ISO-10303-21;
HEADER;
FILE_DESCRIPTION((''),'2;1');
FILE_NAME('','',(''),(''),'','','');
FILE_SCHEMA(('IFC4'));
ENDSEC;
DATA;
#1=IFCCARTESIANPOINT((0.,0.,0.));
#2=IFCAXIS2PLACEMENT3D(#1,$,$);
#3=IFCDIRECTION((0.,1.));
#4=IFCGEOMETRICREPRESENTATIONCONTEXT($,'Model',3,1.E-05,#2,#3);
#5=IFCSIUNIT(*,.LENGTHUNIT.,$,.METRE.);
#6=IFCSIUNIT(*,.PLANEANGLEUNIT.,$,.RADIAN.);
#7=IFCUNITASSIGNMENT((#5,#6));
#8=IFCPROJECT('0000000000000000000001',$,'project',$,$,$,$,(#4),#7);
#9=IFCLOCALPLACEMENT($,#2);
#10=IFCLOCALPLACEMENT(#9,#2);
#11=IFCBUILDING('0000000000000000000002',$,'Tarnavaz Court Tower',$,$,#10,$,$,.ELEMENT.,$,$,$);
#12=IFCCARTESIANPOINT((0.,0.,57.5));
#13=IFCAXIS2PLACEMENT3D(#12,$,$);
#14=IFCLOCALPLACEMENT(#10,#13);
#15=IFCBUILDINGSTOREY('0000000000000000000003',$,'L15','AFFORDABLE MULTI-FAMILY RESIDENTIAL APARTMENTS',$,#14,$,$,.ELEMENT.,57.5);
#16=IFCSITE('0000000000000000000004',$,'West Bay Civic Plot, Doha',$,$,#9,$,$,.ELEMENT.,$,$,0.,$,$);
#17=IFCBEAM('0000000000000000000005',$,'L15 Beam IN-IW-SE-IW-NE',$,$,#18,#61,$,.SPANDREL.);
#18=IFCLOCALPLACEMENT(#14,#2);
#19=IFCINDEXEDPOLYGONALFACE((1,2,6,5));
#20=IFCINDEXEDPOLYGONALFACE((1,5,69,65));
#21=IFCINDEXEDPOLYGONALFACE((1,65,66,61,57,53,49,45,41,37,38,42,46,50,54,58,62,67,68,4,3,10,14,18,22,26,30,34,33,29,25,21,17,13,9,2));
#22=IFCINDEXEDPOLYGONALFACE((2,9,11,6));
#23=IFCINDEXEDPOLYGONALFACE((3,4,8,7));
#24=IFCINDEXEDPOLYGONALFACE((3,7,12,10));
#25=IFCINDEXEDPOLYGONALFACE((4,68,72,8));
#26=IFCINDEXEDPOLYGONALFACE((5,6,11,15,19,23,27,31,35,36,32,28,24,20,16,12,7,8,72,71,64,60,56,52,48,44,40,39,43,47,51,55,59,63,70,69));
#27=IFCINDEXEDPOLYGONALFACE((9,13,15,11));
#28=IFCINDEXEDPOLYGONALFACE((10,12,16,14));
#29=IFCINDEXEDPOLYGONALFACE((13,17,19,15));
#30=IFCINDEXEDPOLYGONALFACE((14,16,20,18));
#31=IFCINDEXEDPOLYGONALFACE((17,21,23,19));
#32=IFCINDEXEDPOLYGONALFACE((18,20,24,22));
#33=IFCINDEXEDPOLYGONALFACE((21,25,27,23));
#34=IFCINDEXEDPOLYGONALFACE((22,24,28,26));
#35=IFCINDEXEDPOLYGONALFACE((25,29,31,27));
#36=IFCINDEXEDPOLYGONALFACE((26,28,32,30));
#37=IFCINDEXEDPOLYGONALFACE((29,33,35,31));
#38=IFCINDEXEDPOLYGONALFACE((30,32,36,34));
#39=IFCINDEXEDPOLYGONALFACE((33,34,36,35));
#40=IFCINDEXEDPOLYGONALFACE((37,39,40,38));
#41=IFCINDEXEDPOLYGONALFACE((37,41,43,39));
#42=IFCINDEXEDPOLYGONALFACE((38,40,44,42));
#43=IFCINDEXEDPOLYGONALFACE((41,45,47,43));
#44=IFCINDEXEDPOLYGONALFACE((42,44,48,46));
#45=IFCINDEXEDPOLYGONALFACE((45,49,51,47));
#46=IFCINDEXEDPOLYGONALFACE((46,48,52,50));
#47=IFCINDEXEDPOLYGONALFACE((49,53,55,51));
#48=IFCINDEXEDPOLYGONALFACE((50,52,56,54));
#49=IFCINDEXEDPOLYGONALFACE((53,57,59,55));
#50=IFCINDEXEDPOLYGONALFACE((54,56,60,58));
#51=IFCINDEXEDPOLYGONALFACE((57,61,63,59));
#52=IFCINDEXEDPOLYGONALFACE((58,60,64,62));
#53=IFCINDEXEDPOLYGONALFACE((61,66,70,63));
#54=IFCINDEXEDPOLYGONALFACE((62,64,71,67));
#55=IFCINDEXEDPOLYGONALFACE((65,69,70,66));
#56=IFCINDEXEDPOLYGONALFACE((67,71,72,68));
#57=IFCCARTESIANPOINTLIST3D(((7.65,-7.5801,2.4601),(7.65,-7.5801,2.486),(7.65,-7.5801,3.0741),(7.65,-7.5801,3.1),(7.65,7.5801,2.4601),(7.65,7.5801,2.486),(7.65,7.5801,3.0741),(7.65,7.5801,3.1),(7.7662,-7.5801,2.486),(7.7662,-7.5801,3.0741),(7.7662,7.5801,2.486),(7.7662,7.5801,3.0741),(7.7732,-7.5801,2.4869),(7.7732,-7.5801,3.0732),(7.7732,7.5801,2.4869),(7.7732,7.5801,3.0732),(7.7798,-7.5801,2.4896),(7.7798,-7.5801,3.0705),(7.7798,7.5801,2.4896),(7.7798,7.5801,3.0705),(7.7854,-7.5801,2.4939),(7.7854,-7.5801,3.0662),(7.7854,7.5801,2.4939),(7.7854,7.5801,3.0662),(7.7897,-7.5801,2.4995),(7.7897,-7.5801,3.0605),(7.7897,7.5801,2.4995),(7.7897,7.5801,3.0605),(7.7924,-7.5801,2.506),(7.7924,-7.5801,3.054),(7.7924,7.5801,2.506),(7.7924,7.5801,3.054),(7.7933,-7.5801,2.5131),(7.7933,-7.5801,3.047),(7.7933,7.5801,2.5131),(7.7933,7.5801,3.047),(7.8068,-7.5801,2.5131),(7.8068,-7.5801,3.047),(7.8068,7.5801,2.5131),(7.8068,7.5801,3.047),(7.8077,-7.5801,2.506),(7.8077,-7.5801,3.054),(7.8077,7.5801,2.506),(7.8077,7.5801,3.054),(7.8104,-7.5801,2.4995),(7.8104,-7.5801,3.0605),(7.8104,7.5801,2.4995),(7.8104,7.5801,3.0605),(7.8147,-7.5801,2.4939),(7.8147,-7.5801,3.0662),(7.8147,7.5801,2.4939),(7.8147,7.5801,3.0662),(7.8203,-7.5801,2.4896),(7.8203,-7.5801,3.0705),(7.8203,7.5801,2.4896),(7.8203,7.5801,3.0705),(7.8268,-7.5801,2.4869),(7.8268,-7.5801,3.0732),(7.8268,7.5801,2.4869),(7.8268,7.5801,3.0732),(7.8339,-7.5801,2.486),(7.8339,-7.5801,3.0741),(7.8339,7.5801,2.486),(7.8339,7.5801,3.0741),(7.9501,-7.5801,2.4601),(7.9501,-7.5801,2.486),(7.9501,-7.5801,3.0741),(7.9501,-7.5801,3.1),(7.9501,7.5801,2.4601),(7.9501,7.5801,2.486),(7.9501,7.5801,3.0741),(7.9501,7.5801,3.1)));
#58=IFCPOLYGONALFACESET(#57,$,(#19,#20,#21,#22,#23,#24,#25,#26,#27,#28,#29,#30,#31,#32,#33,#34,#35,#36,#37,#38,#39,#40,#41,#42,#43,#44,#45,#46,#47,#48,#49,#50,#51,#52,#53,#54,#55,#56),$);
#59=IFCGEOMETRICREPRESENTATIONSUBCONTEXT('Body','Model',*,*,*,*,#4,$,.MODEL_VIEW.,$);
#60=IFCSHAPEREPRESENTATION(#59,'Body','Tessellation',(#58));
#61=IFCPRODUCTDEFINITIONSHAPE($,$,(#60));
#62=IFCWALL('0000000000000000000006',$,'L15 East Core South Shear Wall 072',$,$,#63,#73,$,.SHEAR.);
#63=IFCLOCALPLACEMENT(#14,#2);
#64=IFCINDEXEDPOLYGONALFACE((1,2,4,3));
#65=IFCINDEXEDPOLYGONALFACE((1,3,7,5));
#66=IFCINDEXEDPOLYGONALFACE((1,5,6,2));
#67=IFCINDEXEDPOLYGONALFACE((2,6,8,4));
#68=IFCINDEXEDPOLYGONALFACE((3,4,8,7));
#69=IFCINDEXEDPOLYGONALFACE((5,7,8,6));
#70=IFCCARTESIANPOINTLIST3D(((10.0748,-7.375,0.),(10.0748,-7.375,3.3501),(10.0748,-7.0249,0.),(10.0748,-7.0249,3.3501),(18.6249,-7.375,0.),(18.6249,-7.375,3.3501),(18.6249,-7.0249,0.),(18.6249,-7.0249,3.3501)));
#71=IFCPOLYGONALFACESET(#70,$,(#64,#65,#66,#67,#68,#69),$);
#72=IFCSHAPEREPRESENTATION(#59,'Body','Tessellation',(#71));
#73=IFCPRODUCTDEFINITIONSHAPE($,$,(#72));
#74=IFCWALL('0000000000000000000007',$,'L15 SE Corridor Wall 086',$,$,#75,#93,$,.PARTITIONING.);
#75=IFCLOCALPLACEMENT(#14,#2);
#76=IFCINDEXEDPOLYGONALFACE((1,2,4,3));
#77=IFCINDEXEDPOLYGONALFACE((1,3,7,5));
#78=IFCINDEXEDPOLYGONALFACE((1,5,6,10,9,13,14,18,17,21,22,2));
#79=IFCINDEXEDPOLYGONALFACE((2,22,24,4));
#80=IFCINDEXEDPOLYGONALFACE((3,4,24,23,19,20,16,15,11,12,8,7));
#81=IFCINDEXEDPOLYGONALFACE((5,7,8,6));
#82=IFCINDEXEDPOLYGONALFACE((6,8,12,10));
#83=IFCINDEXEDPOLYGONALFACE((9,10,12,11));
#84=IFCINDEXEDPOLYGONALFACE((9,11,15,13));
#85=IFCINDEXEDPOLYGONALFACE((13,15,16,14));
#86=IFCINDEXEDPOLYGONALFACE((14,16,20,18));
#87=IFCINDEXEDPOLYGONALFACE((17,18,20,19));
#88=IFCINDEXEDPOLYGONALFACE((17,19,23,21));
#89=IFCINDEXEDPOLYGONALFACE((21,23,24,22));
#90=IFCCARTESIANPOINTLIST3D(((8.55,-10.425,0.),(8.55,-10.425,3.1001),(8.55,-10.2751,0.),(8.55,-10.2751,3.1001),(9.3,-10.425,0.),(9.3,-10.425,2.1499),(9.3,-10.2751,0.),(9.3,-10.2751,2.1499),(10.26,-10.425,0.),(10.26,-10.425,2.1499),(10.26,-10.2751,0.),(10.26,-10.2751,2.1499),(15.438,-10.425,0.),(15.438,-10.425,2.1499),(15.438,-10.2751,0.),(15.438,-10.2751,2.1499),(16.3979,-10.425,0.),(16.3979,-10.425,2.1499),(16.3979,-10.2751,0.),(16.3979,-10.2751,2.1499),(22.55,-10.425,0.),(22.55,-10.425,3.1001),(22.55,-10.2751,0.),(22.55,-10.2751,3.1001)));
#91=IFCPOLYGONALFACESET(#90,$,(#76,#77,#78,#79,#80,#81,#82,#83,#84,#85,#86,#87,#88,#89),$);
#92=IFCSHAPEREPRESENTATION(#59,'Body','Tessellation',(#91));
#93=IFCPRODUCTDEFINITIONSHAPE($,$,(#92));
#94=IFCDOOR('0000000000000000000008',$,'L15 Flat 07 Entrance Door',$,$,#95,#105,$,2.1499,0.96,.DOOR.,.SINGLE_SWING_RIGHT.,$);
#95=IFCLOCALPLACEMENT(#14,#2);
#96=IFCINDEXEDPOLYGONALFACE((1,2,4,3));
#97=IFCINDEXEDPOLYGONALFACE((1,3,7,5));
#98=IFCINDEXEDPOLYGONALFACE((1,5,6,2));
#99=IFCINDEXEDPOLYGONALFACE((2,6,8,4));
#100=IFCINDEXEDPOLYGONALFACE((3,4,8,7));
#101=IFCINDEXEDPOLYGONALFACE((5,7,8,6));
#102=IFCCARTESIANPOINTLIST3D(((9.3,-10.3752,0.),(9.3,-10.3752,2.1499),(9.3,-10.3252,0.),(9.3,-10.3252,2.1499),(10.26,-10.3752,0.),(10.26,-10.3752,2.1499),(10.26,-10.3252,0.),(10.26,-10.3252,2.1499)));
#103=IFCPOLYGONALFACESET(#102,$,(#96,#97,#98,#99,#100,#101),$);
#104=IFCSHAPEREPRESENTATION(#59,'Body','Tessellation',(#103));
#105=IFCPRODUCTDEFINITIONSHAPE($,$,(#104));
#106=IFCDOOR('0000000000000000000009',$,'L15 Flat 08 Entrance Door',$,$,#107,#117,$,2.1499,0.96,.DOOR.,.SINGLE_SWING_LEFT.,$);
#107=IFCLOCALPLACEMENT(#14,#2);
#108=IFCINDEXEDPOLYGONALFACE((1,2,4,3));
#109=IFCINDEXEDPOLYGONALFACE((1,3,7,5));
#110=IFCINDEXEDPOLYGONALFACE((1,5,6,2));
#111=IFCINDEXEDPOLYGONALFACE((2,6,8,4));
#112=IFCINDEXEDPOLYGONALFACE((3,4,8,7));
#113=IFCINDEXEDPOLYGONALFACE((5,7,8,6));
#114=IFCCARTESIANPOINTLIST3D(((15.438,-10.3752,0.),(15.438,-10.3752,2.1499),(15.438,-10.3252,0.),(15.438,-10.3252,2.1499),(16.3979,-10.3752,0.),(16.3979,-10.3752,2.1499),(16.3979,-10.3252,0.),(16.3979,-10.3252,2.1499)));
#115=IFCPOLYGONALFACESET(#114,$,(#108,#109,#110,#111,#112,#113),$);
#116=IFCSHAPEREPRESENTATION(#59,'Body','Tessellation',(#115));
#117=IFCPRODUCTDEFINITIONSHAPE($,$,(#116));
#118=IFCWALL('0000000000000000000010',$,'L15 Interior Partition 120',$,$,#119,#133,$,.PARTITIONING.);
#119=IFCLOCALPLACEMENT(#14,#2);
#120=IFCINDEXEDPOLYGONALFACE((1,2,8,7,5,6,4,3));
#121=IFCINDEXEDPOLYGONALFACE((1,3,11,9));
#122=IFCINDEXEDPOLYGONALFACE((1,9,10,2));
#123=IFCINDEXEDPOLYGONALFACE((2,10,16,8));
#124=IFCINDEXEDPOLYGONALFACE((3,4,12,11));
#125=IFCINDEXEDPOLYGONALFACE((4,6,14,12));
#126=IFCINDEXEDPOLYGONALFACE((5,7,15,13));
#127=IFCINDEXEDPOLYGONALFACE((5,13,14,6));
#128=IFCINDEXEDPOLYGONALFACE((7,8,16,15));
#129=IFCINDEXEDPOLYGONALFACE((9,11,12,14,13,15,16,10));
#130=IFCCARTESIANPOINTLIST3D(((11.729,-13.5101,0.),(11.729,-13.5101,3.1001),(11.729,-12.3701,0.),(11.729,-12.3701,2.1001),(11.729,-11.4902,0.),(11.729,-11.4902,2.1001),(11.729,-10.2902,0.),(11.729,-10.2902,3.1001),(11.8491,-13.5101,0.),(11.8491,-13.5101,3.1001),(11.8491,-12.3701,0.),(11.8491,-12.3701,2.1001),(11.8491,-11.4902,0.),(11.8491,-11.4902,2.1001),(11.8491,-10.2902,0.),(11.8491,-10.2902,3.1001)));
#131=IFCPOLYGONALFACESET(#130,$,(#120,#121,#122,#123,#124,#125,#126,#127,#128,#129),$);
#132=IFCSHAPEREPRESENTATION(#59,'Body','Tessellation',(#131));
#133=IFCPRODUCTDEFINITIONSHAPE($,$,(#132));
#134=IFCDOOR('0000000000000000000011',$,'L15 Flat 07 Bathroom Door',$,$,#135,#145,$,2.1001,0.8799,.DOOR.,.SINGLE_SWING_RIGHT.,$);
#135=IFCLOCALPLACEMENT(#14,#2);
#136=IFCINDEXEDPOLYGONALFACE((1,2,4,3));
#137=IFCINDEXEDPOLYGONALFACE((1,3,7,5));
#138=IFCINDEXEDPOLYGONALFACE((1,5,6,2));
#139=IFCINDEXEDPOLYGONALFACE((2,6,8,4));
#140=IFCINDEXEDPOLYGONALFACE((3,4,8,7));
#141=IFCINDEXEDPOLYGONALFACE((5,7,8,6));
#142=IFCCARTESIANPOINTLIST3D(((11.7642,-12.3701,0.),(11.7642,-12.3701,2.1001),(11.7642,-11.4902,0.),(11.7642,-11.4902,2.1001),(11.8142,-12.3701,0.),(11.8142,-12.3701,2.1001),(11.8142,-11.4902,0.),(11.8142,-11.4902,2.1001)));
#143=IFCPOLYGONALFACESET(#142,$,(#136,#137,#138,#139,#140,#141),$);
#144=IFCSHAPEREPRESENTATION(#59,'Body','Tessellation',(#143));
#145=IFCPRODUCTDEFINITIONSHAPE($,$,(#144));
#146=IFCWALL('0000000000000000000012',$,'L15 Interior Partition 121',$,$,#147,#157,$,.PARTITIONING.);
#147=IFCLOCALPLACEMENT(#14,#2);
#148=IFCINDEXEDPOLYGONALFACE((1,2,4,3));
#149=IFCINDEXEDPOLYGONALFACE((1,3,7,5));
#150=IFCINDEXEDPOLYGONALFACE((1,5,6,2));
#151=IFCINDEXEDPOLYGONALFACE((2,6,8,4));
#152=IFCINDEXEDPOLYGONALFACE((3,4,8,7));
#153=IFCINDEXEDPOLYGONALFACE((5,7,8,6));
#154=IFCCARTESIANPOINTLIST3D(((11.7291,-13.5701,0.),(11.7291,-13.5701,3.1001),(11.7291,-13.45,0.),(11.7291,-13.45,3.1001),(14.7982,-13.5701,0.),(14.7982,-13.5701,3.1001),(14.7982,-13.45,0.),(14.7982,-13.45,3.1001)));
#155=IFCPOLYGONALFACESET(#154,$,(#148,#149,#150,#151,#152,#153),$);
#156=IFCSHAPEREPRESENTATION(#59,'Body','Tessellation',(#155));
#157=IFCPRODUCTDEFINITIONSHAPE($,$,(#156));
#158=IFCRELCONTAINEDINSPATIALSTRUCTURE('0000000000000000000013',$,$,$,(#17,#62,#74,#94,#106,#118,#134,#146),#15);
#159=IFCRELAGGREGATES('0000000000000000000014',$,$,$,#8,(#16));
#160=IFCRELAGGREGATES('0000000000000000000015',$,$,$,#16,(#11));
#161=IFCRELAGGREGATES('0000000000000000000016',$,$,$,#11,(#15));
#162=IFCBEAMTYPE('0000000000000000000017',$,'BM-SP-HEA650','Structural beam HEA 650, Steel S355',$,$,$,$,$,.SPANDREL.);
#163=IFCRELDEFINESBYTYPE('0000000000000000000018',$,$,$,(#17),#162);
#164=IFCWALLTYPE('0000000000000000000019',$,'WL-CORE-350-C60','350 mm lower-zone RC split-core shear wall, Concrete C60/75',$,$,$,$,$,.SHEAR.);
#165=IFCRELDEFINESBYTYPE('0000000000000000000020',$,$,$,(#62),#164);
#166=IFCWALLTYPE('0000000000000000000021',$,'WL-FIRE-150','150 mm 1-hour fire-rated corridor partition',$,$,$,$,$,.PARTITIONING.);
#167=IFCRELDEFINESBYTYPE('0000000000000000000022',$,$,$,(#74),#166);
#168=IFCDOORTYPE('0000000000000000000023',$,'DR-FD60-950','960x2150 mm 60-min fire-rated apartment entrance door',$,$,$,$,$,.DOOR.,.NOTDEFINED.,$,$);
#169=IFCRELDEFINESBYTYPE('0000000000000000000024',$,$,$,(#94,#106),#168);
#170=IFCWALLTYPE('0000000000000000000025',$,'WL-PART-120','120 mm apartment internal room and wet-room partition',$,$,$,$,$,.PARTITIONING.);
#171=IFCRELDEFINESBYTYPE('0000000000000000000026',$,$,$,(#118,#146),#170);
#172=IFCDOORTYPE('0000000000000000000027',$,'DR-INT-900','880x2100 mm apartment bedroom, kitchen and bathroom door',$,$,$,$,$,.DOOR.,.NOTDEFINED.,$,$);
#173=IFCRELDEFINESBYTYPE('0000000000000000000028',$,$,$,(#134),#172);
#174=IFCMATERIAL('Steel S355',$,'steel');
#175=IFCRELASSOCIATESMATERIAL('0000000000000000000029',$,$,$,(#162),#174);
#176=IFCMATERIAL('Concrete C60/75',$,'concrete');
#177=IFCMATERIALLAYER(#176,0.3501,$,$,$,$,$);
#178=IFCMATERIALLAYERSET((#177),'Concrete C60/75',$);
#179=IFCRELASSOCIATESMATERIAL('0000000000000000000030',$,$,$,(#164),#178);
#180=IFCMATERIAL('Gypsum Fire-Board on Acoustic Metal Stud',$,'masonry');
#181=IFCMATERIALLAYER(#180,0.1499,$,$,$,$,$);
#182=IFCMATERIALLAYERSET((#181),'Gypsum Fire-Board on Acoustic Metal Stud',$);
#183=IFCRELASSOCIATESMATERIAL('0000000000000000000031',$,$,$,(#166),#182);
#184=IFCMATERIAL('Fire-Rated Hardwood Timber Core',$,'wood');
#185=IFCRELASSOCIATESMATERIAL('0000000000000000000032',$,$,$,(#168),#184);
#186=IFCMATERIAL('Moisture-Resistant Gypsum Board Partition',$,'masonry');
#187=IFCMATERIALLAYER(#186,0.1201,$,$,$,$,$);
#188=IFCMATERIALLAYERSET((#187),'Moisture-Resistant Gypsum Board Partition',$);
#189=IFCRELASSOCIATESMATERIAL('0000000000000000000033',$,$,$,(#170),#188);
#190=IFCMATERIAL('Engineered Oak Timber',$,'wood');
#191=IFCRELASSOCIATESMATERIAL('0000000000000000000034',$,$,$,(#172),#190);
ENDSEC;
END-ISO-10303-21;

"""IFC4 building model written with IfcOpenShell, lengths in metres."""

from ifc_helpers import new_model, si_unit, direction, frame, frame_2d, origin, origin_2d, place, context, subcontext, project, spatial, rectangle, i_section, extrude, material, layer, layer_set, material_profile, profile_set, type_object, element, fill, save


model = new_model("IFC4")

# Units and contexts
model_context = context("Model", 3, precision=1e-05, world=origin(), true_north=direction((0.0, 1.0)))
body_context = subcontext(model_context, "Body", "Model", "MODEL_VIEW")
ifc_project = project(units=[si_unit("LENGTHUNIT", "METRE"), si_unit("PLANEANGLEUNIT", "RADIAN")], contexts=[model_context])

# Site, building, storey
site_placement = place(None, origin())
site = spatial("IfcSite", under=ifc_project, at=site_placement, Name="West Bay Civic Plot, Doha", CompositionType="ELEMENT", RefElevation=0.0)
building_placement = place(site_placement, origin())
building = spatial("IfcBuilding", under=site, at=building_placement, Name="Tarnavaz Court Tower", CompositionType="ELEMENT")
storey_placement = place(building_placement, frame((0.0, 0.0, 57.5)))
storey = spatial("IfcBuildingStorey", under=building, at=storey_placement, Name="L15", Description="AFFORDABLE MULTI-FAMILY RESIDENTIAL APARTMENTS", CompositionType="ELEMENT", Elevation=57.5)

# Shared definitions
ifc_material_1 = material(Name="Concrete C60/75", Category="concrete")

# Beam
ifc_material_2 = material(Name="Steel S355", Category="steel")
ifc_material_profile_1 = material_profile(ifc_material_2, i_section(OverallWidth=0.3, OverallDepth=0.6399, WebThickness=0.0134, FlangeThickness=0.0259, FilletRadius=0.0271, at=origin_2d()), Name="HEA 650")
ifc_profile_set_1 = profile_set([ifc_material_profile_1], Name="Steel S355")
beam_type_1 = type_object("IfcBeamType", Name="BM-SP-HEA650", Description="Structural beam HEA 650, Steel S355", PredefinedType="SPANDREL", material=ifc_profile_set_1)
beam_1_placement = place(storey_placement, frame((7.8, -7.5801, 2.78), z_axis=(0.0, 1.0, 0.0), x_axis=(-1.0, 0.0, 0.0)))
element("IfcBeam", 1, at=beam_1_placement, inside=storey, type_object=beam_type_1, Name="L15 Beam IN-IW-SE-IW-NE", PredefinedType="SPANDREL", context=body_context, shape_type="SweptSolid", body=[
    extrude(i_section(OverallWidth=0.3, OverallDepth=0.6399, WebThickness=0.0134, FlangeThickness=0.0259, FilletRadius=0.0271, at=origin_2d()), origin(), (0.0, 0.0, 1.0), 15.1602),
])

# Wall
ifc_layer_1 = layer(ifc_material_1, 0.3501)
ifc_layer_set_1 = layer_set([ifc_layer_1], Name="Concrete C60/75")
wall_type_1 = type_object("IfcWallType", Name="WL-CORE-350-C60", Description="350 mm lower-zone RC split-core shear wall, Concrete C60/75", PredefinedType="SHEAR", material=ifc_layer_set_1)
wall_1_placement = place(storey_placement, frame((10.075, -7.2, 0.0), z_axis=(0.0, 0.0, 1.0), x_axis=(1.0, 0.0, 0.0)))
element("IfcWall", 2, at=wall_1_placement, inside=storey, type_object=wall_type_1, Name="L15 East Core South Shear Wall 072", PredefinedType="SHEAR", context=body_context, shape_type="SweptSolid", body=[
    extrude(rectangle(XDim=8.55, YDim=0.3501, at=frame_2d((4.2749, 0.0))), origin(), (0.0, 0.0, 1.0), 3.3501),
])

# Wall, openings, doors
ifc_material_3 = material(Name="Gypsum Fire-Board on Acoustic Metal Stud", Category="masonry")
ifc_layer_2 = layer(ifc_material_3, 0.1499)
ifc_layer_set_2 = layer_set([ifc_layer_2], Name="Gypsum Fire-Board on Acoustic Metal Stud")
wall_type_2 = type_object("IfcWallType", Name="WL-FIRE-150", Description="150 mm 1-hour fire-rated corridor partition", PredefinedType="PARTITIONING", material=ifc_layer_set_2)
wall_2_placement = place(storey_placement, frame((8.55, -10.3501, 0.0), z_axis=(0.0, 0.0, 1.0), x_axis=(1.0, 0.0, 0.0)))
wall_2 = element("IfcWall", 3, at=wall_2_placement, inside=storey, type_object=wall_type_2, Name="L15 SE Corridor Wall 086", PredefinedType="PARTITIONING", context=body_context, shape_type="SweptSolid", body=[
    extrude(rectangle(XDim=14.0, YDim=0.1499, at=frame_2d((7.0, 0.0))), origin(), (0.0, 0.0, 1.0), 3.1001),
])
opening_1_placement = place(wall_2_placement, frame((0.75, 0.0, 0.0)))
opening_1 = element("IfcOpeningElement", 4, at=opening_1_placement, cuts=wall_2, PredefinedType="OPENING", context=body_context, shape_type="SweptSolid", body=[
    extrude(rectangle(XDim=0.96, YDim=2.1499, at=frame_2d((0.48, 1.075))), frame((0.0, 0.085, 0.0), z_axis=(0.0, -1.0, 0.0), x_axis=(1.0, 0.0, 0.0)), (0.0, 0.0, 1.0), 0.1699),
])
opening_2_placement = place(wall_2_placement, frame((6.8879, 0.0, 0.0)))
opening_2 = element("IfcOpeningElement", 5, at=opening_2_placement, cuts=wall_2, PredefinedType="OPENING", context=body_context, shape_type="SweptSolid", body=[
    extrude(rectangle(XDim=0.96, YDim=2.1499, at=frame_2d((0.48, 1.075))), frame((0.0, 0.085, 0.0), z_axis=(0.0, -1.0, 0.0), x_axis=(1.0, 0.0, 0.0)), (0.0, 0.0, 1.0), 0.1699),
])
ifc_material_4 = material(Name="Fire-Rated Hardwood Timber Core", Category="wood")
door_type_1 = type_object("IfcDoorType", Name="DR-FD60-950", Description="960x2150 mm 60-min fire-rated apartment entrance door", OperationType="NOTDEFINED", PredefinedType="DOOR", material=ifc_material_4)
door_1_placement = place(opening_1_placement, origin())
door_1 = element("IfcDoor", 6, at=door_1_placement, inside=storey, type_object=door_type_1, Name="L15 Flat 07 Entrance Door", OperationType="SINGLE_SWING_RIGHT", OverallHeight=2.1499, OverallWidth=0.96, PredefinedType="DOOR", context=body_context, shape_type="SweptSolid", body=[
    extrude(rectangle(XDim=0.96, YDim=2.1499, at=frame_2d((0.48, 1.075))), frame((0.0, 0.0249, 0.0), z_axis=(0.0, -1.0, 0.0), x_axis=(1.0, 0.0, 0.0)), (0.0, 0.0, 1.0), 0.05),
])
fill(opening_1, door_1)
door_2_placement = place(opening_2_placement, origin())
door_2 = element("IfcDoor", 7, at=door_2_placement, inside=storey, type_object=door_type_1, Name="L15 Flat 08 Entrance Door", OperationType="SINGLE_SWING_LEFT", OverallHeight=2.1499, OverallWidth=0.96, PredefinedType="DOOR", context=body_context, shape_type="SweptSolid", body=[
    extrude(rectangle(XDim=0.96, YDim=2.1499, at=frame_2d((0.48, 1.075))), frame((0.0, 0.0249, 0.0), z_axis=(0.0, -1.0, 0.0), x_axis=(1.0, 0.0, 0.0)), (0.0, 0.0, 1.0), 0.05),
])
fill(opening_2, door_2)

# Wall, opening, door
ifc_material_5 = material(Name="Moisture-Resistant Gypsum Board Partition", Category="masonry")
ifc_layer_3 = layer(ifc_material_5, 0.1201)
ifc_layer_set_3 = layer_set([ifc_layer_3], Name="Moisture-Resistant Gypsum Board Partition")
wall_type_3 = type_object("IfcWallType", Name="WL-PART-120", Description="120 mm apartment internal room and wet-room partition", PredefinedType="PARTITIONING", material=ifc_layer_set_3)
wall_3_placement = place(storey_placement, frame((11.7891, -13.51, 0.0), z_axis=(0.0, 0.0, 1.0), x_axis=(0.0, 1.0, 0.0)))
wall_3 = element("IfcWall", 8, at=wall_3_placement, inside=storey, type_object=wall_type_3, Name="L15 Interior Partition 120", PredefinedType="PARTITIONING", context=body_context, shape_type="SweptSolid", body=[
    extrude(rectangle(XDim=3.22, YDim=0.1201, at=frame_2d((1.6099, 0.0))), origin(), (0.0, 0.0, 1.0), 3.1001),
])
opening_3_placement = place(wall_3_placement, frame((1.1399, 0.0, 0.0)))
opening_3 = element("IfcOpeningElement", 9, at=opening_3_placement, cuts=wall_3, PredefinedType="OPENING", context=body_context, shape_type="SweptSolid", body=[
    extrude(rectangle(XDim=0.8799, YDim=2.1001, at=frame_2d((0.4399, 1.05))), frame((0.0, 0.0701, 0.0), z_axis=(0.0, -1.0, 0.0), x_axis=(1.0, 0.0, 0.0)), (0.0, 0.0, 1.0), 0.1401),
])
ifc_material_6 = material(Name="Engineered Oak Timber", Category="wood")
door_type_2 = type_object("IfcDoorType", Name="DR-INT-900", Description="880x2100 mm apartment bedroom, kitchen and bathroom door", OperationType="NOTDEFINED", PredefinedType="DOOR", material=ifc_material_6)
door_3_placement = place(opening_3_placement, origin())
door_3 = element("IfcDoor", 10, at=door_3_placement, inside=storey, type_object=door_type_2, Name="L15 Flat 07 Bathroom Door", OperationType="SINGLE_SWING_RIGHT", OverallHeight=2.1001, OverallWidth=0.8799, PredefinedType="DOOR", context=body_context, shape_type="SweptSolid", body=[
    extrude(rectangle(XDim=0.8799, YDim=2.1001, at=frame_2d((0.4399, 1.05))), frame((0.0, 0.0249, 0.0), z_axis=(0.0, -1.0, 0.0), x_axis=(1.0, 0.0, 0.0)), (0.0, 0.0, 1.0), 0.05),
])
fill(opening_3, door_3)

# Wall
wall_4_placement = place(storey_placement, frame((11.729, -13.51, 0.0), z_axis=(0.0, 0.0, 1.0), x_axis=(1.0, 0.0, 0.0)))
element("IfcWall", 11, at=wall_4_placement, inside=storey, type_object=wall_type_3, Name="L15 Interior Partition 121", PredefinedType="PARTITIONING", context=body_context, shape_type="SweptSolid", body=[
    extrude(rectangle(XDim=3.0691, YDim=0.1201, at=frame_2d((1.5347, 0.0))), origin(), (0.0, 0.0, 1.0), 3.1001),
])

save(model, "model.ifc")
